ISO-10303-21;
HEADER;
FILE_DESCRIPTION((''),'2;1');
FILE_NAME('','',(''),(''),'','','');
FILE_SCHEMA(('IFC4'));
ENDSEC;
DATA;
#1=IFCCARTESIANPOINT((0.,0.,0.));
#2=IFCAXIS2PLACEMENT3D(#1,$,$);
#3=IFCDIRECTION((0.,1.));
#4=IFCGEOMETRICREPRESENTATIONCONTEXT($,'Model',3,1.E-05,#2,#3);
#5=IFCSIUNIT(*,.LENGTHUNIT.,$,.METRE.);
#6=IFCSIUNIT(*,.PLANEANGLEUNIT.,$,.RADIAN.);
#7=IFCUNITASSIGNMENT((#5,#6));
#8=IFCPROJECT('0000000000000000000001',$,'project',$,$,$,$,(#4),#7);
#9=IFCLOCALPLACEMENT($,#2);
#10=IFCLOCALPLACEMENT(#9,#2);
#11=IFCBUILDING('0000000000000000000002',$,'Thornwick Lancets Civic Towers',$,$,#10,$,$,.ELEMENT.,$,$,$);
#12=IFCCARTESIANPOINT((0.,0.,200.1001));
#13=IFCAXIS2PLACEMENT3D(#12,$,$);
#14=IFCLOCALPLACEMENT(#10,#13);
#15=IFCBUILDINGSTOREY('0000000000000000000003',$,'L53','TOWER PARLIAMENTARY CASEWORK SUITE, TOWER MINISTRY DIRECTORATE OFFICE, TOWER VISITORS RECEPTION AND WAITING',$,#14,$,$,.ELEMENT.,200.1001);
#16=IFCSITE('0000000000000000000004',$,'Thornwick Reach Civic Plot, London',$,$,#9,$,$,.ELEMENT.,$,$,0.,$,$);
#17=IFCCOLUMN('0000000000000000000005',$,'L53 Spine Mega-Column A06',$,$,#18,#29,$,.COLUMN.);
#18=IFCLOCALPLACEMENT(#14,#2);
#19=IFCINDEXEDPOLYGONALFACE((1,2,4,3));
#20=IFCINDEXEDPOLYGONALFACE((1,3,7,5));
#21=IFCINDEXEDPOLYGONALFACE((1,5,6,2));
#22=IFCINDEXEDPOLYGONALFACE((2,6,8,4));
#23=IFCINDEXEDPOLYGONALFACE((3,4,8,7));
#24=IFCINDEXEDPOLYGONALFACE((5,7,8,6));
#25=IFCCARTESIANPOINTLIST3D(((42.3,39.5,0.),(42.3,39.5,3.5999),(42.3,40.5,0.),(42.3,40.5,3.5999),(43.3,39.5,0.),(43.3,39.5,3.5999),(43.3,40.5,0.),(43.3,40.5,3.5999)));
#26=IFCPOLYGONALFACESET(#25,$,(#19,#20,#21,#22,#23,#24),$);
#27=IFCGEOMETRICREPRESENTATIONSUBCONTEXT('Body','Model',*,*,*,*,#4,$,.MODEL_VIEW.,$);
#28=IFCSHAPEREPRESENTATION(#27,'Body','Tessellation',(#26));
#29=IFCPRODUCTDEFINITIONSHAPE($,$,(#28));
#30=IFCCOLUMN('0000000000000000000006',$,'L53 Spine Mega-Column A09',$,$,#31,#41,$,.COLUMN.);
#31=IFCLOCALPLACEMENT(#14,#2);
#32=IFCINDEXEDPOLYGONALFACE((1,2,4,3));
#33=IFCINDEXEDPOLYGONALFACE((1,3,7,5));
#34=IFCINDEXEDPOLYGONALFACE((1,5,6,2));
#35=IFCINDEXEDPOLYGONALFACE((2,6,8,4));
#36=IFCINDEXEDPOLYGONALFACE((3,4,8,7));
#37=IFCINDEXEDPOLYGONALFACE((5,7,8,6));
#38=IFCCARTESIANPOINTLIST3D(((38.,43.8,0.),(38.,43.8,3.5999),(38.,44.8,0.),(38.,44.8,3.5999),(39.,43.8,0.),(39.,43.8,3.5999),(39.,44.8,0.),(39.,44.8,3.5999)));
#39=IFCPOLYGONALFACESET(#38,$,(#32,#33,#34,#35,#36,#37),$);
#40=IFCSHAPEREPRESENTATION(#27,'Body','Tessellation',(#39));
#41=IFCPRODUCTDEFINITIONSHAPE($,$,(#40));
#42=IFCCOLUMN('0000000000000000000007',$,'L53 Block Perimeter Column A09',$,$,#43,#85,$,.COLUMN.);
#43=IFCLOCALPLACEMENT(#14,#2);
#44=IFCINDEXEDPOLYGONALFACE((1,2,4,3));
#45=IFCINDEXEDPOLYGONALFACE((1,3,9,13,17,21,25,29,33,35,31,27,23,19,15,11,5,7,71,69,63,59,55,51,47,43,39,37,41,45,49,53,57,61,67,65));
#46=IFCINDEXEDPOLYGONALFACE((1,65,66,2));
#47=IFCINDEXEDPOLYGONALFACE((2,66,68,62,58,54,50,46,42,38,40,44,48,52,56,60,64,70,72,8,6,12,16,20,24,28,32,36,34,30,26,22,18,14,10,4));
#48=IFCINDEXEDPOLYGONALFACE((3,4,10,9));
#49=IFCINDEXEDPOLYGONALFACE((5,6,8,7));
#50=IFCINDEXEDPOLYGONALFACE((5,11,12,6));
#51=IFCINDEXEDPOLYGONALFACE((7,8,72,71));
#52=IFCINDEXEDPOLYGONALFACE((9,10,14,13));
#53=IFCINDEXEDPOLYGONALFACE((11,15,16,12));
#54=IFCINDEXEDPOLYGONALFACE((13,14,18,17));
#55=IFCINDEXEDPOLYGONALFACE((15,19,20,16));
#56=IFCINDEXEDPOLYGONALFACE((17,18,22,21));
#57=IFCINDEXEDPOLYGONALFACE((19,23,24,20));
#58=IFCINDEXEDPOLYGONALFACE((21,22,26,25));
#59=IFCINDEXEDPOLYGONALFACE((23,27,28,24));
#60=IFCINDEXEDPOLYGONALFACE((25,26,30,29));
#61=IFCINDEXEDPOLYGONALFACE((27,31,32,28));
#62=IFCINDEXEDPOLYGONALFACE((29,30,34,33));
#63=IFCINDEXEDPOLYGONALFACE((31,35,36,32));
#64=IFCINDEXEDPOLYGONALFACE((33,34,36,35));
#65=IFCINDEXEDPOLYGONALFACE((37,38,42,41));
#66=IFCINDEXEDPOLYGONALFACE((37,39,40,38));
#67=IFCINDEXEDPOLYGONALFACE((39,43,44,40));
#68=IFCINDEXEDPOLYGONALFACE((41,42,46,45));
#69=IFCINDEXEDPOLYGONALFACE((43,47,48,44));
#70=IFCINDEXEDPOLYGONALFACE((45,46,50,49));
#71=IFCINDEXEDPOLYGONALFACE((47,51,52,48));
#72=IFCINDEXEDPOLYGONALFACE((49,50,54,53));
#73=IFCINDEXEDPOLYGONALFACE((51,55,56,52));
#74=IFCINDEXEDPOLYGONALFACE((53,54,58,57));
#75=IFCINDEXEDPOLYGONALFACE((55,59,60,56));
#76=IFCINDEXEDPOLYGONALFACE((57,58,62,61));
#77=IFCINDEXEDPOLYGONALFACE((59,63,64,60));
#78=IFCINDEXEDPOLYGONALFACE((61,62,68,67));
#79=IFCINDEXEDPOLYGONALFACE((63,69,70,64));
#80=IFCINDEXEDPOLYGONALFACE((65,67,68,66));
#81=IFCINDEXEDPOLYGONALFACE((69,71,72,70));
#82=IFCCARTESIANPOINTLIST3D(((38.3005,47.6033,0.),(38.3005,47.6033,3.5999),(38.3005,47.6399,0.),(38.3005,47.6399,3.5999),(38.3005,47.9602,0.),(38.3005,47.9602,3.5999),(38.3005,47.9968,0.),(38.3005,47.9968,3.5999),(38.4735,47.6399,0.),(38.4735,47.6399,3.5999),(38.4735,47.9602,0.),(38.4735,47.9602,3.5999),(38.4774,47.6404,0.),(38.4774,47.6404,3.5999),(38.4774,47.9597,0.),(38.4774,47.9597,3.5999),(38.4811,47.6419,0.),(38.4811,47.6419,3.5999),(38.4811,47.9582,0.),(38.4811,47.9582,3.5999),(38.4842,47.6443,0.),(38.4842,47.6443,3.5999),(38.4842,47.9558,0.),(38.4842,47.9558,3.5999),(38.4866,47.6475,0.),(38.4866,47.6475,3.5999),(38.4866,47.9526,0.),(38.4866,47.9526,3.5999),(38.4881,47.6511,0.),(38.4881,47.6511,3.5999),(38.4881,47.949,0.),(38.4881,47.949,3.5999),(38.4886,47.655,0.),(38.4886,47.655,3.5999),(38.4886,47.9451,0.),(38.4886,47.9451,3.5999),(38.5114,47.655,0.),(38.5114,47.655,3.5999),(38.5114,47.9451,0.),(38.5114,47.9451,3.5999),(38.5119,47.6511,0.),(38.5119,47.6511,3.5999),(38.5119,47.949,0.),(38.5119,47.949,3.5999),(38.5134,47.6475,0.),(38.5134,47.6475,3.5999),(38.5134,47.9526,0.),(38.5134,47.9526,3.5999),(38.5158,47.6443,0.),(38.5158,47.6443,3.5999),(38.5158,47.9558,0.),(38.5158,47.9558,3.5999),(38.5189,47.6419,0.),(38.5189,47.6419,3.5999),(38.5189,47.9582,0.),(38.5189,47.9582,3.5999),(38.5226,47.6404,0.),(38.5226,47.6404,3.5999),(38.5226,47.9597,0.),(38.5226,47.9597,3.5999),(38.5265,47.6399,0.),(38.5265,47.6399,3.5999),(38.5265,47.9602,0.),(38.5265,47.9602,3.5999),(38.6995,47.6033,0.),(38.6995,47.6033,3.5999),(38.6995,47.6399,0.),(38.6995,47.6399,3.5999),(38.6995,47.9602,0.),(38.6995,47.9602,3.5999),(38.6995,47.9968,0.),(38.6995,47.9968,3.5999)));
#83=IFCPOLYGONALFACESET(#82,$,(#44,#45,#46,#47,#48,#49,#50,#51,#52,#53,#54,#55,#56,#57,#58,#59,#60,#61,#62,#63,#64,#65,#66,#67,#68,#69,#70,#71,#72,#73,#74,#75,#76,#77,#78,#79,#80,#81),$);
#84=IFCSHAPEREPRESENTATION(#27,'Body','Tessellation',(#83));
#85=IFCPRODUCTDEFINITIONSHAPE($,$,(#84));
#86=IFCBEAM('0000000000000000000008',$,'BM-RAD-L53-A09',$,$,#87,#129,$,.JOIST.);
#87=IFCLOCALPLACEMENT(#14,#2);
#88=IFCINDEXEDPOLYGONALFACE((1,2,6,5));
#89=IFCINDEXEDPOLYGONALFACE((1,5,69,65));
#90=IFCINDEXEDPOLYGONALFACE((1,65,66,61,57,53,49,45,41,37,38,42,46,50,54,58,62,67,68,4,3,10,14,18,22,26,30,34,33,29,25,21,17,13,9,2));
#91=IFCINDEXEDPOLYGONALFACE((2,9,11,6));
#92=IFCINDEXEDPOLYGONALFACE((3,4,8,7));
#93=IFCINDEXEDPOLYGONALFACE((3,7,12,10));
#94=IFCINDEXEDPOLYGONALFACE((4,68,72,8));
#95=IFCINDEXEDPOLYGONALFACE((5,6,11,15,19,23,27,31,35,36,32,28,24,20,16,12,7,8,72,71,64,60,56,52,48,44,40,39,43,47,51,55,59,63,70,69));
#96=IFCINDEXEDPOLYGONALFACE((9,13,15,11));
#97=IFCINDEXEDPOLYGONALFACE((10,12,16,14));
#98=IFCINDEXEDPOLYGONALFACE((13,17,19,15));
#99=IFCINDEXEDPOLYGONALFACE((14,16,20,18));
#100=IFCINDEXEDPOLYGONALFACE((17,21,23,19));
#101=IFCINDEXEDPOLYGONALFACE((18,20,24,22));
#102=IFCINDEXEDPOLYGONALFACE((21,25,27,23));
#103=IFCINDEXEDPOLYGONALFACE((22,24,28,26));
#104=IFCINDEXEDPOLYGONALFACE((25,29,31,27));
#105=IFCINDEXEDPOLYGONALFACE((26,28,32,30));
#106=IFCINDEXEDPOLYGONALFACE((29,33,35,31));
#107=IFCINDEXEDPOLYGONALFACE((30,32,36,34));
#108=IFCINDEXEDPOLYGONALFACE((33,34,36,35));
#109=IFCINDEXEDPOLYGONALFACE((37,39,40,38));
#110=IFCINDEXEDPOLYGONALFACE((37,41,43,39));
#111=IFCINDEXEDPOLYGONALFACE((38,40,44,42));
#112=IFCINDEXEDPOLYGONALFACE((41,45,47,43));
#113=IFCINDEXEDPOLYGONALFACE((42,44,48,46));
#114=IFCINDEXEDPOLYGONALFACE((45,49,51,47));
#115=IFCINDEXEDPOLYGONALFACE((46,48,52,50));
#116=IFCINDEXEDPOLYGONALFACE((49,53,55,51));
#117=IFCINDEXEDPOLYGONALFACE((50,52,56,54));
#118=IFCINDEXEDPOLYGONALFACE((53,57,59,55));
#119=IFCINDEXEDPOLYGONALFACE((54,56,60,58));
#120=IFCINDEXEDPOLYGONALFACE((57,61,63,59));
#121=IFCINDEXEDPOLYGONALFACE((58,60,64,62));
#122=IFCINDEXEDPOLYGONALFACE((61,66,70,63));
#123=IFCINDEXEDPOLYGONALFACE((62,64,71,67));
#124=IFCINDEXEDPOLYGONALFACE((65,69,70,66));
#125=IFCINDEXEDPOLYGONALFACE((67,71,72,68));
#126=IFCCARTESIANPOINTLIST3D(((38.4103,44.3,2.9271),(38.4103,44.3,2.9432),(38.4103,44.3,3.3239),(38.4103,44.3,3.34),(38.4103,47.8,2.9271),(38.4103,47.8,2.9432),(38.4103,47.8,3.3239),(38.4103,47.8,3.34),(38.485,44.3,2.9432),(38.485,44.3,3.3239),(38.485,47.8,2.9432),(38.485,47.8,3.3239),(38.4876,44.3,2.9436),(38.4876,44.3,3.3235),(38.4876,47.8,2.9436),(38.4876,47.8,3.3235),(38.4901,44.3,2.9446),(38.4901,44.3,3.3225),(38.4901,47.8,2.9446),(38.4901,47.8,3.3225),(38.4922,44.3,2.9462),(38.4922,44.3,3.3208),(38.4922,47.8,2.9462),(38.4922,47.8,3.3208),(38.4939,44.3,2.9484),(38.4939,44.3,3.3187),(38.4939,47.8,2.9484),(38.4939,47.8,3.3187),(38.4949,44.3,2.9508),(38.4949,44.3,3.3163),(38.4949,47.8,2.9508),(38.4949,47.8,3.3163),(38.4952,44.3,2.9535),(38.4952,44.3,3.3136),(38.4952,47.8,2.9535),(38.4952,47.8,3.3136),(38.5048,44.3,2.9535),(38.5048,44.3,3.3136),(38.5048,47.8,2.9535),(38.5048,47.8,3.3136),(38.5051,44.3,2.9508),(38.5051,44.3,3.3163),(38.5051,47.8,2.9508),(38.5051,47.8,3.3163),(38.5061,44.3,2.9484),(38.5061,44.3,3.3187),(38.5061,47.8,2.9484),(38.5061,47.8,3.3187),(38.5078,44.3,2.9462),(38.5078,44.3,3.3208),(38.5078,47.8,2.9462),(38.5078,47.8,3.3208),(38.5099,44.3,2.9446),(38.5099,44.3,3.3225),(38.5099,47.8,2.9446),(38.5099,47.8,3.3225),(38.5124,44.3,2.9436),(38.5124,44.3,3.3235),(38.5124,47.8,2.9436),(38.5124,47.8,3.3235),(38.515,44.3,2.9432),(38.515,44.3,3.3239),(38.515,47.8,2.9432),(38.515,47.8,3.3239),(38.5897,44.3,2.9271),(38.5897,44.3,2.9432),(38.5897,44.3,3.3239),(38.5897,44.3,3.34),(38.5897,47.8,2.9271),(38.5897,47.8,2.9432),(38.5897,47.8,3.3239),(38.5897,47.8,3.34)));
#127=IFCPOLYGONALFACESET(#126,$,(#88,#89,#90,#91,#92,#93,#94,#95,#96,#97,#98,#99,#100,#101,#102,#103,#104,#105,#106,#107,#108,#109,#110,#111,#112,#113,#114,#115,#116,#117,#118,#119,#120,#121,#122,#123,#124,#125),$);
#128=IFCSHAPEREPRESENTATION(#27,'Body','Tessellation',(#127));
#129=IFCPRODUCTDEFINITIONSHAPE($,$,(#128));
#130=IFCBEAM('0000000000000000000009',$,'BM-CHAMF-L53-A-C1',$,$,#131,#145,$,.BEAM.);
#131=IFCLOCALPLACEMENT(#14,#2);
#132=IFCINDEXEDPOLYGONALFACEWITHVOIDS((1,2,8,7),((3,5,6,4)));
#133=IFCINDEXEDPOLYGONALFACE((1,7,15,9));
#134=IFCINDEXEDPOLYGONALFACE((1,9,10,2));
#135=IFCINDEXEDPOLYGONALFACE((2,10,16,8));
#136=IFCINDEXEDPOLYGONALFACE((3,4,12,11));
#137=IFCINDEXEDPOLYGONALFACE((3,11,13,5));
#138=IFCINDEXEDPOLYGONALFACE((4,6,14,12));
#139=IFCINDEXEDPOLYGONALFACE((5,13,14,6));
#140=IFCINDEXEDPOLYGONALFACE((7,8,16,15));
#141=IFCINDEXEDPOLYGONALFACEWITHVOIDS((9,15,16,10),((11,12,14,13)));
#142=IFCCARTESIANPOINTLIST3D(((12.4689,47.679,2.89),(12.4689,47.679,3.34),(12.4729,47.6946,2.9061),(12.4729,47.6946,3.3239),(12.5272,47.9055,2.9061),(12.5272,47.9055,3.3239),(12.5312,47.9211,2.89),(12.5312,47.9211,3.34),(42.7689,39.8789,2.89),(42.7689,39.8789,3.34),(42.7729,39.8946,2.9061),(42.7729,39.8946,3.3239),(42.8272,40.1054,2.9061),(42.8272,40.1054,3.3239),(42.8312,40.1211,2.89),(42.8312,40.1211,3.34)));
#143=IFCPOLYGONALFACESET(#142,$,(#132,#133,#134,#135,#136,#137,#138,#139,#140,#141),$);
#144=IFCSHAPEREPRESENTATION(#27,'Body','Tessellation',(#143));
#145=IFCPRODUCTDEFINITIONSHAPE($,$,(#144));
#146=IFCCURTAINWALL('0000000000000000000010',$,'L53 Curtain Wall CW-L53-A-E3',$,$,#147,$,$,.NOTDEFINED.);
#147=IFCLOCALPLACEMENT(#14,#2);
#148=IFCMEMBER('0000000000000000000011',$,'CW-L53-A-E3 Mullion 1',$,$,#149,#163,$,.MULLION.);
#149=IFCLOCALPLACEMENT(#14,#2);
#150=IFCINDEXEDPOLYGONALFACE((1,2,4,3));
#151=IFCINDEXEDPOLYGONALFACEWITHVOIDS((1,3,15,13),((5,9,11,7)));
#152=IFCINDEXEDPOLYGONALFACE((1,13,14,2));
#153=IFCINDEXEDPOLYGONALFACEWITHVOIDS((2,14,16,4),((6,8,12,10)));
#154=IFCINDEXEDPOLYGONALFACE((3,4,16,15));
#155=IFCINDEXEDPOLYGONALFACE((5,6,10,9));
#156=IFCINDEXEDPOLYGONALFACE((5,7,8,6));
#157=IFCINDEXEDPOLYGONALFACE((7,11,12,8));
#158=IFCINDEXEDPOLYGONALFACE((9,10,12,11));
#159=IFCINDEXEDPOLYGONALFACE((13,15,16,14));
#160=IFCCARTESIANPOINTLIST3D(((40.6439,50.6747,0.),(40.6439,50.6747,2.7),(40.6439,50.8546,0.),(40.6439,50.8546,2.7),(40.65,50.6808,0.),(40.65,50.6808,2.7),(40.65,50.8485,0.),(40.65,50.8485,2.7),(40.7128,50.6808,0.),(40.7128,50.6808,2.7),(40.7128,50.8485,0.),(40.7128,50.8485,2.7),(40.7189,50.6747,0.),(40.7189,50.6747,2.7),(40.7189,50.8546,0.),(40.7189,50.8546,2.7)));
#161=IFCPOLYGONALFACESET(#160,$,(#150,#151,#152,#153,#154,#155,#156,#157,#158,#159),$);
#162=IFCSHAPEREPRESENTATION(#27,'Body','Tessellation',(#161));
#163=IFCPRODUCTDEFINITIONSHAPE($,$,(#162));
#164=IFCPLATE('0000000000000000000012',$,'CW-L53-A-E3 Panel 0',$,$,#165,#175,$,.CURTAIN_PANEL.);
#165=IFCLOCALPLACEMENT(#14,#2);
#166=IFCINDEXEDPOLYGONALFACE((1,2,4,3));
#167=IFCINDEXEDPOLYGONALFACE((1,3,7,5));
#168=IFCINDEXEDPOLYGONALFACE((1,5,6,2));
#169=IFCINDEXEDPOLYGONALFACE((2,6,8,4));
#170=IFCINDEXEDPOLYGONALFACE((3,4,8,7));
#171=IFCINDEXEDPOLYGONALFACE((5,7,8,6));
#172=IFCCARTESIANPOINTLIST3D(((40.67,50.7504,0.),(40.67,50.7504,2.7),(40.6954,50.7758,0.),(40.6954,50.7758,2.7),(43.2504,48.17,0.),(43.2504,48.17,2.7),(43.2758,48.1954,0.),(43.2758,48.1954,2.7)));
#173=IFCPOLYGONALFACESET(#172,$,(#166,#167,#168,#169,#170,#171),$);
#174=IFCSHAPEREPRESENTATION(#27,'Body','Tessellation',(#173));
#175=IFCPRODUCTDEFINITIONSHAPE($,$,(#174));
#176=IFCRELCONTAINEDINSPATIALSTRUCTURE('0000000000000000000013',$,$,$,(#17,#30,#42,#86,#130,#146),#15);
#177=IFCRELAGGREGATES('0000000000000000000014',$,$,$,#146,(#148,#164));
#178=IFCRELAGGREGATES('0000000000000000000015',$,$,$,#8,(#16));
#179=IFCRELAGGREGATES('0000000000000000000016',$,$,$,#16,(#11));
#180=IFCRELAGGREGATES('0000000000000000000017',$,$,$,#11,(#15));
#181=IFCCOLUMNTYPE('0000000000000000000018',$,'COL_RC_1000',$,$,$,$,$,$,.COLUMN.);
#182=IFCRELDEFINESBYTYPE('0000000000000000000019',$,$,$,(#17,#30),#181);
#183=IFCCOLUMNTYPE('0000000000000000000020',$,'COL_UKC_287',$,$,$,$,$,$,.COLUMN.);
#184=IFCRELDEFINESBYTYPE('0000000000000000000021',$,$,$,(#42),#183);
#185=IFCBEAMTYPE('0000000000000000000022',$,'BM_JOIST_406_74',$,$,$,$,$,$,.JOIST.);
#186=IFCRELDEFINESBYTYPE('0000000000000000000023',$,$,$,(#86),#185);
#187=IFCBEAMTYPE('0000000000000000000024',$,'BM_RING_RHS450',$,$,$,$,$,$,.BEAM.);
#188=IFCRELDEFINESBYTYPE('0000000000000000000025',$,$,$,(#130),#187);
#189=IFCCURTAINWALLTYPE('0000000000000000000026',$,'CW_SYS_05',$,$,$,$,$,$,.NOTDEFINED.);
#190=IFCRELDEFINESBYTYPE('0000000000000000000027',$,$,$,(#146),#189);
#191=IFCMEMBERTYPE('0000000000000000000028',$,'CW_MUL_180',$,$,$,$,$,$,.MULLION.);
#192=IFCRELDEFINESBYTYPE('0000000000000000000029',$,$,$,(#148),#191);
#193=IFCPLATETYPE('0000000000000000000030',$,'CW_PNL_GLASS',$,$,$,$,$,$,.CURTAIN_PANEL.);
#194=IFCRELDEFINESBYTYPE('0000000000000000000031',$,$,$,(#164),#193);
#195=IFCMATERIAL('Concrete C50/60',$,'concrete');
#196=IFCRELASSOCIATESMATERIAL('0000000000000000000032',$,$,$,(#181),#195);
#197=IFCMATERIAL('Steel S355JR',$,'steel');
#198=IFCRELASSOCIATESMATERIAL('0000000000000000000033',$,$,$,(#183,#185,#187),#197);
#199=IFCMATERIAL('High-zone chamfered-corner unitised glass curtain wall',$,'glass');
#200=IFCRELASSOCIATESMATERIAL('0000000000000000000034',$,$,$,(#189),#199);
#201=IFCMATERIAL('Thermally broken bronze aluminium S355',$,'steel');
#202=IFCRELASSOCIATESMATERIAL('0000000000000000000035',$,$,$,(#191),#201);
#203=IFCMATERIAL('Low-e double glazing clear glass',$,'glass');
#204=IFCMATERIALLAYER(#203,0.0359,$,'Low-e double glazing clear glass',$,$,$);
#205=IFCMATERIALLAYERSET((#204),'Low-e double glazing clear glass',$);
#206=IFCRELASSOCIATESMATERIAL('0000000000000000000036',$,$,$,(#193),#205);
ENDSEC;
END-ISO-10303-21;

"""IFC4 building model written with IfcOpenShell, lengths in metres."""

from ifc_helpers import new_model, si_unit, direction, frame, origin, origin_2d, place, context, subcontext, project, spatial, rectangle, hollow_rectangle, i_section, extrude, material, layer, layer_set, material_profile, profile_set, type_object, element, aggregate, save


model = new_model("IFC4")

# Units and contexts
model_context = context("Model", 3, precision=1e-05, world=origin(), true_north=direction((0.0, 1.0)))
body_context = subcontext(model_context, "Body", "Model", "MODEL_VIEW")
ifc_project = project(units=[si_unit("LENGTHUNIT", "METRE"), si_unit("PLANEANGLEUNIT", "RADIAN")], contexts=[model_context])

# Site, building, storey
site_placement = place(None, origin())
site = spatial("IfcSite", under=ifc_project, at=site_placement, Name="Thornwick Reach Civic Plot, London", CompositionType="ELEMENT", RefElevation=0.0)
building_placement = place(site_placement, origin())
building = spatial("IfcBuilding", under=site, at=building_placement, Name="Thornwick Lancets Civic Towers", CompositionType="ELEMENT")
storey_placement = place(building_placement, frame((0.0, 0.0, 200.1001)))
storey = spatial("IfcBuildingStorey", under=building, at=storey_placement, Name="L53", Description="TOWER PARLIAMENTARY CASEWORK SUITE, TOWER MINISTRY DIRECTORATE OFFICE, TOWER VISITORS RECEPTION AND WAITING", CompositionType="ELEMENT", Elevation=200.1001)

# Columns
ifc_material_1 = material(Name="Concrete C50/60", Category="concrete")
ifc_material_profile_1 = material_profile(ifc_material_1, rectangle(XDim=1.0, YDim=1.0, at=origin_2d()), Name="RC 1000x1000")
ifc_profile_set_1 = profile_set([ifc_material_profile_1], Name="Concrete C50/60")
column_type_1 = type_object("IfcColumnType", Name="COL_RC_1000", PredefinedType="COLUMN", material=ifc_profile_set_1)
for number, where, z_axis, x_axis, name in (
    (1, (42.8, 40.0, 0.0), (0.0, 0.0, 1.0), (1.0, 0.0, 0.0), "L53 Spine Mega-Column A06"),
    (2, (38.5, 44.3, 0.0), (0.0, 0.0, 1.0), (1.0, 0.0, 0.0), "L53 Spine Mega-Column A09"),
):
    element("IfcColumn", number, at=place(storey_placement, frame(where, z_axis=z_axis, x_axis=x_axis)), inside=storey, type_object=column_type_1, Name=name, PredefinedType="COLUMN", context=body_context, shape_type="SweptSolid", body=[
        extrude(rectangle(XDim=1.0, YDim=1.0, at=origin_2d()), origin(), (0.0, 0.0, 1.0), 3.5999),
    ])
ifc_material_2 = material(Name="Steel S355JR", Category="steel")
ifc_material_profile_2 = material_profile(ifc_material_2, i_section(OverallWidth=0.3989, OverallDepth=0.3936, WebThickness=0.0227, FlangeThickness=0.0366, FilletRadius=0.0151, at=origin_2d()), Name="UKC 356x406x287")
ifc_profile_set_2 = profile_set([ifc_material_profile_2], Name="Steel S355JR")
column_type_2 = type_object("IfcColumnType", Name="COL_UKC_287", PredefinedType="COLUMN", material=ifc_profile_set_2)
column_placement = place(storey_placement, frame((38.5, 47.8, 0.0), z_axis=(0.0, 0.0, 1.0), x_axis=(1.0, 0.0, 0.0)))
element("IfcColumn", 3, at=column_placement, inside=storey, type_object=column_type_2, Name="L53 Block Perimeter Column A09", PredefinedType="COLUMN", context=body_context, shape_type="SweptSolid", body=[
    extrude(i_section(OverallWidth=0.3989, OverallDepth=0.3936, WebThickness=0.0227, FlangeThickness=0.0366, FilletRadius=0.0151, at=origin_2d()), origin(), (0.0, 0.0, 1.0), 3.5999),
])

# Beams
ifc_material_profile_3 = material_profile(ifc_material_2, i_section(OverallWidth=0.1794, OverallDepth=0.4128, WebThickness=0.0095, FlangeThickness=0.0161, FilletRadius=0.0103, at=origin_2d()), Name="UKB 406x178x74")
ifc_profile_set_3 = profile_set([ifc_material_profile_3], Name="Steel S355JR")
beam_type_1 = type_object("IfcBeamType", Name="BM_JOIST_406_74", PredefinedType="JOIST", material=ifc_profile_set_3)
beam_1_placement = place(storey_placement, frame((38.5, 44.3, 3.1335), z_axis=(0.0, 1.0, 0.0), x_axis=(-1.0, 0.0, 0.0)))
element("IfcBeam", 4, at=beam_1_placement, inside=storey, type_object=beam_type_1, Name="BM-RAD-L53-A09", PredefinedType="JOIST", context=body_context, shape_type="SweptSolid", body=[
    extrude(i_section(OverallWidth=0.1794, OverallDepth=0.4128, WebThickness=0.0095, FlangeThickness=0.0161, FilletRadius=0.0103, at=origin_2d()), origin(), (0.0, 0.0, 1.0), 3.5),
])
ifc_material_profile_4 = material_profile(ifc_material_2, hollow_rectangle(XDim=0.25, YDim=0.45, WallThickness=0.0161, at=origin_2d()), Name="RHS 450x250x16")
ifc_profile_set_4 = profile_set([ifc_material_profile_4], Name="Steel S355JR")
beam_type_2 = type_object("IfcBeamType", Name="BM_RING_RHS450", PredefinedType="BEAM", material=ifc_profile_set_4)
beam_2_placement = place(storey_placement, frame((42.8, 40.0, 3.115), z_axis=(-0.968427, 0.249299, 0.0), x_axis=(-0.249299, -0.968427, 0.0)))
element("IfcBeam", 5, at=beam_2_placement, inside=storey, type_object=beam_type_2, Name="BM-CHAMF-L53-A-C1", PredefinedType="BEAM", context=body_context, shape_type="SweptSolid", body=[
    extrude(hollow_rectangle(XDim=0.25, YDim=0.45, WallThickness=0.0161, at=origin_2d()), origin(), (0.0, 0.0, 1.0), 31.2878),
])

# Curtain wall, member, plate
ifc_material_3 = material(Name="High-zone chamfered-corner unitised glass curtain wall", Category="glass")
curtain_wall_type = type_object("IfcCurtainWallType", Name="CW_SYS_05", PredefinedType="NOTDEFINED", material=ifc_material_3)
curtain_wall_placement = place(storey_placement, origin())
curtain_wall = element("IfcCurtainWall", 6, at=curtain_wall_placement, inside=storey, type_object=curtain_wall_type, Name="L53 Curtain Wall CW-L53-A-E3", PredefinedType="NOTDEFINED")
ifc_material_4 = material(Name="Thermally broken bronze aluminium S355", Category="steel")
ifc_material_profile_5 = material_profile(ifc_material_4, hollow_rectangle(XDim=0.075, YDim=0.1799, WallThickness=0.0061, at=origin_2d()), Name="RHS 180x75x6")
ifc_profile_set_5 = profile_set([ifc_material_profile_5], Name="Thermally broken bronze aluminium S355")
member_type = type_object("IfcMemberType", Name="CW_MUL_180", PredefinedType="MULLION", material=ifc_profile_set_5)
member_placement = place(storey_placement, frame((40.6814, 50.7646, 0.0), z_axis=(0.0, 0.0, 1.0), x_axis=(1.0, 0.0, 0.0)))
member = element("IfcMember", 7, at=member_placement, type_object=member_type, Name="CW-L53-A-E3 Mullion 1", PredefinedType="MULLION", context=body_context, shape_type="SweptSolid", body=[
    extrude(hollow_rectangle(XDim=0.075, YDim=0.1799, WallThickness=0.0061, at=origin_2d()), origin(), (0.0, 0.0, 1.0), 2.7),
])
ifc_material_5 = material(Name="Low-e double glazing clear glass", Category="glass")
ifc_layer_1 = layer(ifc_material_5, 0.0359, Name="Low-e double glazing clear glass")
ifc_layer_set_1 = layer_set([ifc_layer_1], Name="Low-e double glazing clear glass")
plate_type = type_object("IfcPlateType", Name="CW_PNL_GLASS", PredefinedType="CURTAIN_PANEL", material=ifc_layer_set_1)
plate_placement = place(storey_placement, frame((41.9729, 49.4729, 0.0), z_axis=(0.0, 0.0, 1.0), x_axis=(-0.707107, 0.707107, 0.0)))
plate = element("IfcPlate", 8, at=plate_placement, type_object=plate_type, Name="CW-L53-A-E3 Panel 0", PredefinedType="CURTAIN_PANEL", context=body_context, shape_type="SweptSolid", body=[
    extrude(rectangle(XDim=3.6492, YDim=0.0359, at=origin_2d()), origin(), (0.0, 0.0, 1.0), 2.7),
])
aggregate(curtain_wall, [member, plate])

save(model, "model.ifc")
